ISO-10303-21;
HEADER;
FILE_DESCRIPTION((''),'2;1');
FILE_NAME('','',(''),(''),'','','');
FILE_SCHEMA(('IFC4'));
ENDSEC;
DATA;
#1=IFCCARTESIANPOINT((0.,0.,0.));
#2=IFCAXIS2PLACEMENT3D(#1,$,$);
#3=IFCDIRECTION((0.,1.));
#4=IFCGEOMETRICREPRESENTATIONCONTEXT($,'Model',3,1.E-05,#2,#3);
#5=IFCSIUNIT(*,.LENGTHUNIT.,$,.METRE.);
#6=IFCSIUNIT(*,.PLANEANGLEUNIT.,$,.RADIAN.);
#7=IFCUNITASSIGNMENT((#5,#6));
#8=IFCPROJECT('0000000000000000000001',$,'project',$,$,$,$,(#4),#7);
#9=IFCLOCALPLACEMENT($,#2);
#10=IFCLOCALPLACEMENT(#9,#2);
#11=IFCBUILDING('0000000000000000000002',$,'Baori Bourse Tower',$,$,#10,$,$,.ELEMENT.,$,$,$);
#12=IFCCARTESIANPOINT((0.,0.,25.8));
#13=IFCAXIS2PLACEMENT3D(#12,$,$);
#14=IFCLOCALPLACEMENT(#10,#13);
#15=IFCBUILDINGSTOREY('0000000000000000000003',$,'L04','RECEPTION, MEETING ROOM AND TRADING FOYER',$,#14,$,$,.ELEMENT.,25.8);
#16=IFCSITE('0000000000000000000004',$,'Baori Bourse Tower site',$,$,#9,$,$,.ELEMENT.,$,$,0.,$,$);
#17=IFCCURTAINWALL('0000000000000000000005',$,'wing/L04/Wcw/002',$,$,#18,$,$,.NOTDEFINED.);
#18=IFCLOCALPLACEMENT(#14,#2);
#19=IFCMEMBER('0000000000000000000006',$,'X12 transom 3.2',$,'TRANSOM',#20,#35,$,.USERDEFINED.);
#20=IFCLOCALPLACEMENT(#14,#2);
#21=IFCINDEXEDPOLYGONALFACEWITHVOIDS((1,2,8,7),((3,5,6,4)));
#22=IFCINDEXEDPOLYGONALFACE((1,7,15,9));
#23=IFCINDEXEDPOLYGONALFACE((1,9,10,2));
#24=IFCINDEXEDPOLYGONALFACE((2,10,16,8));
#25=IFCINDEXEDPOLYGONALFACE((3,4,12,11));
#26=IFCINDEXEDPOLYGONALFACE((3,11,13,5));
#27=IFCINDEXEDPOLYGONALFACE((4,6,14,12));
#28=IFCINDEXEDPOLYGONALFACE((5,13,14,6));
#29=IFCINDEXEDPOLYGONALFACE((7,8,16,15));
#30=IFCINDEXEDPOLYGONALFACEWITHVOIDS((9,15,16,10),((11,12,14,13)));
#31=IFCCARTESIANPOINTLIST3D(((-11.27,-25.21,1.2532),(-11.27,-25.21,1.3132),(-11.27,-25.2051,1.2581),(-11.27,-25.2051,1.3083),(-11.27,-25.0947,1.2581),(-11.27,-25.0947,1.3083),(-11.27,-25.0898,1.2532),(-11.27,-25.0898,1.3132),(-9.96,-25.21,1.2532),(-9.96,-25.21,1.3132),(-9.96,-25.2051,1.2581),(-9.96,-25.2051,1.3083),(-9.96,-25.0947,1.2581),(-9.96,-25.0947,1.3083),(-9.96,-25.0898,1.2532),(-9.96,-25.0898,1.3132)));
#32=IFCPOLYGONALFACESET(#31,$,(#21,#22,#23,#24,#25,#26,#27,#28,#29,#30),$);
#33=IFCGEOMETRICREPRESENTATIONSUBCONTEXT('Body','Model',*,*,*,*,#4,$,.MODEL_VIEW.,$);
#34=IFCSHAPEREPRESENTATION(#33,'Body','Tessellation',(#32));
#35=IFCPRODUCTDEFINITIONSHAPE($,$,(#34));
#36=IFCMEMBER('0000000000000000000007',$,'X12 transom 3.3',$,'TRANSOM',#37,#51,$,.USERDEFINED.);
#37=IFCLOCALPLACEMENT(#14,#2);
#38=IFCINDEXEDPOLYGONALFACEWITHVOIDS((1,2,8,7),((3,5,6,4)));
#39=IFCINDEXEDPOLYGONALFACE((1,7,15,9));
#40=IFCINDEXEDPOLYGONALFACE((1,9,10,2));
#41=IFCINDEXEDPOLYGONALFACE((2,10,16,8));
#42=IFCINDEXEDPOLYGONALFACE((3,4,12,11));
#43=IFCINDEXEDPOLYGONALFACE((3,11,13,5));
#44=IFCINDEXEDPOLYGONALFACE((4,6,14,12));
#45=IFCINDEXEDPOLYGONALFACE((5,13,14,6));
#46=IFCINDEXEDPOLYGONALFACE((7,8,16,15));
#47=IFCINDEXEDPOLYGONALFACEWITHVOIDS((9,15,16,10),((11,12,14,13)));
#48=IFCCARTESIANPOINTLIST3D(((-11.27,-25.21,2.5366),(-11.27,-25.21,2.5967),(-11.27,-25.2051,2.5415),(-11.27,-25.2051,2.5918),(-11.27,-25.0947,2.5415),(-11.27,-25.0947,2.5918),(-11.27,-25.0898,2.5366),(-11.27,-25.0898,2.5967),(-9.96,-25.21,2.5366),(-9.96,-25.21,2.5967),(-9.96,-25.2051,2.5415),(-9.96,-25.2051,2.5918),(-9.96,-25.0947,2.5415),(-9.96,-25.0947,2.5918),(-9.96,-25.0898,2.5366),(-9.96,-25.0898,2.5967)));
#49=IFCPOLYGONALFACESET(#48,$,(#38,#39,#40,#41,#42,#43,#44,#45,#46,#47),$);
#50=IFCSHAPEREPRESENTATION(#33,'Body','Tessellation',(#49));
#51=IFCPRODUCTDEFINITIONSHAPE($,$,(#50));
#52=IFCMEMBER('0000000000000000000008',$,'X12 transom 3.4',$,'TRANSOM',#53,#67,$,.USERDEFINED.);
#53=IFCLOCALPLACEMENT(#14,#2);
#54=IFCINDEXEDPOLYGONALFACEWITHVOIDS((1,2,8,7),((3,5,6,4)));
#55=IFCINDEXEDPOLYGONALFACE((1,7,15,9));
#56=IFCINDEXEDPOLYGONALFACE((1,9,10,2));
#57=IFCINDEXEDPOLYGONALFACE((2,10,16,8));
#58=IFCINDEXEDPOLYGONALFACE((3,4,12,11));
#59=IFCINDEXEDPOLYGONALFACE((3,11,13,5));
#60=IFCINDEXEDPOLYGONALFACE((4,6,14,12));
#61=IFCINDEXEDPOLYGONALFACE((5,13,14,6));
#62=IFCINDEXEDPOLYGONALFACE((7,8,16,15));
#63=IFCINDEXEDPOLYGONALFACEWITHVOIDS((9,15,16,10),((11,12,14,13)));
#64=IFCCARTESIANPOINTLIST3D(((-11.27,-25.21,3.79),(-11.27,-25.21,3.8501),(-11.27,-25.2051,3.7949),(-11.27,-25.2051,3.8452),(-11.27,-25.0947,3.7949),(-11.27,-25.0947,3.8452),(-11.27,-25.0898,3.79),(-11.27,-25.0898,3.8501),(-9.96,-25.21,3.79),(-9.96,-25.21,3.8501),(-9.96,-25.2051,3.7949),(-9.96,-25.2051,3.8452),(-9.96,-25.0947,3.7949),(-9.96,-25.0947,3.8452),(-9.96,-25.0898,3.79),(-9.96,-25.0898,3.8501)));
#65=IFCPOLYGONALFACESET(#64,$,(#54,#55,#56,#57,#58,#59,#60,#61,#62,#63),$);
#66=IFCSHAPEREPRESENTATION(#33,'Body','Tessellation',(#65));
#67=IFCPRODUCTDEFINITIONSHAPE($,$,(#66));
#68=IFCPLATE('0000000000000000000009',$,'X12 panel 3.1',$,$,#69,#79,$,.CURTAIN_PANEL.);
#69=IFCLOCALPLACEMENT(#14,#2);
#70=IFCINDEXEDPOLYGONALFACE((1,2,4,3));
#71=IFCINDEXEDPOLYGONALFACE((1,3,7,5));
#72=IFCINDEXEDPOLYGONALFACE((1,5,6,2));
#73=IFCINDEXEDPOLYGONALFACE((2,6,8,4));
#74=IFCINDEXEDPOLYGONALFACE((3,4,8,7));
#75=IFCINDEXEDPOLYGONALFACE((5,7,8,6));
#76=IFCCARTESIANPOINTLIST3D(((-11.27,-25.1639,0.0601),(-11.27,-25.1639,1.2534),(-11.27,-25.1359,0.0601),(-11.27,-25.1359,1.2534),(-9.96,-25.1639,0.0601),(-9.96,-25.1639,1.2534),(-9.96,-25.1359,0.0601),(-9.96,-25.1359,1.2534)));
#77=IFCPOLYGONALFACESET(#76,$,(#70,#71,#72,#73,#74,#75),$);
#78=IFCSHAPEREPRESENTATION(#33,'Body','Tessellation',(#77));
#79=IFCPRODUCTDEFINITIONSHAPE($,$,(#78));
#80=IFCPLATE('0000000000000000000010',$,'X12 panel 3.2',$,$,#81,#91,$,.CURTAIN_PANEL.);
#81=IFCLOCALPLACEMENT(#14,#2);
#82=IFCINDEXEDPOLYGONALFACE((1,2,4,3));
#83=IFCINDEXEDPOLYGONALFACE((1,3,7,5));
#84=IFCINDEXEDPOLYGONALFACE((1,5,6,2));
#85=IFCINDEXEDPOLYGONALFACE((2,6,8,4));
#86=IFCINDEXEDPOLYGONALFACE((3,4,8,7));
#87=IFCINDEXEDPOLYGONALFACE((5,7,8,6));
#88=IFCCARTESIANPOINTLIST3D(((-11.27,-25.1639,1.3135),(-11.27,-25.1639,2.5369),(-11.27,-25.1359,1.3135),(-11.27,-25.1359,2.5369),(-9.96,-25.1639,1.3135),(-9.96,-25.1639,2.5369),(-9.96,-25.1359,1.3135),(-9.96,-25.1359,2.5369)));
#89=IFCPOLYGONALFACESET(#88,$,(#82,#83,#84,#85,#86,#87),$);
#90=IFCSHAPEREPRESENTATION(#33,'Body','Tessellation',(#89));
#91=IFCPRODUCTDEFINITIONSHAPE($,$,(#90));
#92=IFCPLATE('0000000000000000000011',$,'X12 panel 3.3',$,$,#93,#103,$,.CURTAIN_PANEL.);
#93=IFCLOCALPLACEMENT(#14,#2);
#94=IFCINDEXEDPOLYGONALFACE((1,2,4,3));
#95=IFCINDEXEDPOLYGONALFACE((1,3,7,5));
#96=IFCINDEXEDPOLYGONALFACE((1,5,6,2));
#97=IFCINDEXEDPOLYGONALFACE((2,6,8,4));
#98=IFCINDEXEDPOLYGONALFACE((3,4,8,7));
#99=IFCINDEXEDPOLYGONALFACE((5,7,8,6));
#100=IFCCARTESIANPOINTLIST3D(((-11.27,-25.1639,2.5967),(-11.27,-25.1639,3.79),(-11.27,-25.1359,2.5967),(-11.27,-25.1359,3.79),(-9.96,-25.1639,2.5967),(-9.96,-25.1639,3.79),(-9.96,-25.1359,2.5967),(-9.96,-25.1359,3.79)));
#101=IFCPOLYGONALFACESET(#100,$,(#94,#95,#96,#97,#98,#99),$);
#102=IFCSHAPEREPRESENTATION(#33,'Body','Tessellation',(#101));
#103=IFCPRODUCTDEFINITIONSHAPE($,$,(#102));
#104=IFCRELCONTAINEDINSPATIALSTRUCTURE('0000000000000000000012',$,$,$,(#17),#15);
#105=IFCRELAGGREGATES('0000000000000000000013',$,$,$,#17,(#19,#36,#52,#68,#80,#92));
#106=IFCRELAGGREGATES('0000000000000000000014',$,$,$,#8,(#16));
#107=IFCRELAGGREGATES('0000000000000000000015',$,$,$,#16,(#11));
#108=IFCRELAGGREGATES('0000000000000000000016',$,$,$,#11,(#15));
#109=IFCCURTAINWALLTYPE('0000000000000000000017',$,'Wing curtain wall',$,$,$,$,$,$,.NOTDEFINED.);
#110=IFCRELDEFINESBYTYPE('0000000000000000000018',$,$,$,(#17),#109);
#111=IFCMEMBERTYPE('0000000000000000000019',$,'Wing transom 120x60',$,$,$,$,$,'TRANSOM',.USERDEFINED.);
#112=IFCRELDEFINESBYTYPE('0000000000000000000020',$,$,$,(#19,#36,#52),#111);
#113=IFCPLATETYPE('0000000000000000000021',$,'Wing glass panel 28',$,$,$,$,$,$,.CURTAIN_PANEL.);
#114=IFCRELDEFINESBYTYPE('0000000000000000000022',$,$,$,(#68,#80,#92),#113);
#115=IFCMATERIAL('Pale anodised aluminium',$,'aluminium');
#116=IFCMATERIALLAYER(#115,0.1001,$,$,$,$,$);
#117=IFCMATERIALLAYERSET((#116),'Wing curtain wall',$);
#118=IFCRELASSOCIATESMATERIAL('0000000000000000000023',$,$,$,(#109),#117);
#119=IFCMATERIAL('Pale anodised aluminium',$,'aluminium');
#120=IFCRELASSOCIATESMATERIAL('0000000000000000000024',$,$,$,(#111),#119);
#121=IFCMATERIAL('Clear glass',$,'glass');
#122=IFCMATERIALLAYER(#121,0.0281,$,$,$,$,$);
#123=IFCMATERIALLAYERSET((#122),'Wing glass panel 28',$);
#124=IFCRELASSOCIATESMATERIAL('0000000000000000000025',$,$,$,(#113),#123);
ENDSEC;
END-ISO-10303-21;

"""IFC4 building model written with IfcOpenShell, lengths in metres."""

from ifc_helpers import new_model, si_unit, direction, frame, origin, origin_2d, place, context, subcontext, project, spatial, rectangle, hollow_rectangle, extrude, material, layer, layer_set, material_profile, profile_set, type_object, element, aggregate, save


model = new_model("IFC4")

# Units and contexts
model_context = context("Model", 3, precision=1e-05, world=origin(), true_north=direction((0.0, 1.0)))
body_context = subcontext(model_context, "Body", "Model", "MODEL_VIEW")
ifc_project = project(units=[si_unit("LENGTHUNIT", "METRE"), si_unit("PLANEANGLEUNIT", "RADIAN")], contexts=[model_context])

# Site, building, storey
site_placement = place(None, origin())
site = spatial("IfcSite", under=ifc_project, at=site_placement, Name="Baori Bourse Tower site", CompositionType="ELEMENT", RefElevation=0.0)
building_placement = place(site_placement, origin())
building = spatial("IfcBuilding", under=site, at=building_placement, Name="Baori Bourse Tower", CompositionType="ELEMENT")
storey_placement = place(building_placement, frame((0.0, 0.0, 25.8)))
storey = spatial("IfcBuildingStorey", under=building, at=storey_placement, Name="L04", Description="RECEPTION, MEETING ROOM AND TRADING FOYER", CompositionType="ELEMENT", Elevation=25.8)

# Curtain wall, members, plates
ifc_material_1 = material(Name="Pale anodised aluminium", Category="aluminium")
ifc_layer_1 = layer(ifc_material_1, 0.1001)
ifc_layer_set_1 = layer_set([ifc_layer_1], Name="Wing curtain wall")
curtain_wall_type = type_object("IfcCurtainWallType", Name="Wing curtain wall", PredefinedType="NOTDEFINED", material=ifc_layer_set_1)
curtain_wall_placement = place(storey_placement, origin())
curtain_wall = element("IfcCurtainWall", 1, at=curtain_wall_placement, inside=storey, type_object=curtain_wall_type, Name="wing/L04/Wcw/002", PredefinedType="NOTDEFINED")
ifc_material_2 = material(Name="Pale anodised aluminium", Category="aluminium")
ifc_material_profile_1 = material_profile(ifc_material_2, hollow_rectangle(XDim=0.1201, YDim=0.0601, WallThickness=0.0049, at=origin_2d()), Name="Transom 120x60x5")
ifc_profile_set_1 = profile_set([ifc_material_profile_1], Name="Pale anodised aluminium")
member_type_1 = type_object("IfcMemberType", Name="Wing transom 120x60", ElementType="TRANSOM", PredefinedType="USERDEFINED", material=ifc_profile_set_1)
member_1_placement = place(storey_placement, frame((-11.27, -25.1499, 1.2832), z_axis=(1.0, 0.0, 0.0), x_axis=(0.0, 1.0, 0.0)))
member_1 = element("IfcMember", 2, at=member_1_placement, type_object=member_type_1, Name="X12 transom 3.2", ObjectType="TRANSOM", PredefinedType="USERDEFINED", context=body_context, shape_type="SweptSolid", body=[
    extrude(hollow_rectangle(XDim=0.1201, YDim=0.0601, WallThickness=0.0049, at=origin_2d()), origin(), (0.0, 0.0, 1.0), 1.3101),
])
member_2_placement = place(storey_placement, frame((-11.27, -25.1499, 2.5667), z_axis=(1.0, 0.0, 0.0), x_axis=(0.0, 1.0, 0.0)))
member_2 = element("IfcMember", 3, at=member_2_placement, type_object=member_type_1, Name="X12 transom 3.3", ObjectType="TRANSOM", PredefinedType="USERDEFINED", context=body_context, shape_type="SweptSolid", body=[
    extrude(hollow_rectangle(XDim=0.1201, YDim=0.0601, WallThickness=0.0049, at=origin_2d()), origin(), (0.0, 0.0, 1.0), 1.3101),
])
member_3_placement = place(storey_placement, frame((-11.27, -25.1499, 3.8201), z_axis=(1.0, 0.0, 0.0), x_axis=(0.0, 1.0, 0.0)))
member_3 = element("IfcMember", 4, at=member_3_placement, type_object=member_type_1, Name="X12 transom 3.4", ObjectType="TRANSOM", PredefinedType="USERDEFINED", context=body_context, shape_type="SweptSolid", body=[
    extrude(hollow_rectangle(XDim=0.1201, YDim=0.0601, WallThickness=0.0049, at=origin_2d()), origin(), (0.0, 0.0, 1.0), 1.3101),
])
ifc_material_3 = material(Name="Clear glass", Category="glass")
ifc_layer_2 = layer(ifc_material_3, 0.0281)
ifc_layer_set_2 = layer_set([ifc_layer_2], Name="Wing glass panel 28")
plate_type = type_object("IfcPlateType", Name="Wing glass panel 28", PredefinedType="CURTAIN_PANEL", material=ifc_layer_set_2)
plate_1_placement = place(storey_placement, frame((-10.615, -25.1499, 0.0601), z_axis=(0.0, 0.0, 1.0), x_axis=(1.0, 0.0, 0.0)))
plate_1 = element("IfcPlate", 5, at=plate_1_placement, type_object=plate_type, Name="X12 panel 3.1", PredefinedType="CURTAIN_PANEL", context=body_context, shape_type="SweptSolid", body=[
    extrude(rectangle(XDim=1.3101, YDim=0.0281, at=origin_2d()), origin(), (0.0, 0.0, 1.0), 1.1934),
])
plate_2_placement = place(storey_placement, frame((-10.615, -25.1499, 1.3135), z_axis=(0.0, 0.0, 1.0), x_axis=(1.0, 0.0, 0.0)))
plate_2 = element("IfcPlate", 6, at=plate_2_placement, type_object=plate_type, Name="X12 panel 3.2", PredefinedType="CURTAIN_PANEL", context=body_context, shape_type="SweptSolid", body=[
    extrude(rectangle(XDim=1.3101, YDim=0.0281, at=origin_2d()), origin(), (0.0, 0.0, 1.0), 1.2234),
])
plate_3_placement = place(storey_placement, frame((-10.615, -25.1499, 2.5967), z_axis=(0.0, 0.0, 1.0), x_axis=(1.0, 0.0, 0.0)))
plate_3 = element("IfcPlate", 7, at=plate_3_placement, type_object=plate_type, Name="X12 panel 3.3", PredefinedType="CURTAIN_PANEL", context=body_context, shape_type="SweptSolid", body=[
    extrude(rectangle(XDim=1.3101, YDim=0.0281, at=origin_2d()), origin(), (0.0, 0.0, 1.0), 1.1934),
])
aggregate(curtain_wall, [member_1, member_2, member_3, plate_1, plate_2, plate_3])

save(model, "model.ifc")
